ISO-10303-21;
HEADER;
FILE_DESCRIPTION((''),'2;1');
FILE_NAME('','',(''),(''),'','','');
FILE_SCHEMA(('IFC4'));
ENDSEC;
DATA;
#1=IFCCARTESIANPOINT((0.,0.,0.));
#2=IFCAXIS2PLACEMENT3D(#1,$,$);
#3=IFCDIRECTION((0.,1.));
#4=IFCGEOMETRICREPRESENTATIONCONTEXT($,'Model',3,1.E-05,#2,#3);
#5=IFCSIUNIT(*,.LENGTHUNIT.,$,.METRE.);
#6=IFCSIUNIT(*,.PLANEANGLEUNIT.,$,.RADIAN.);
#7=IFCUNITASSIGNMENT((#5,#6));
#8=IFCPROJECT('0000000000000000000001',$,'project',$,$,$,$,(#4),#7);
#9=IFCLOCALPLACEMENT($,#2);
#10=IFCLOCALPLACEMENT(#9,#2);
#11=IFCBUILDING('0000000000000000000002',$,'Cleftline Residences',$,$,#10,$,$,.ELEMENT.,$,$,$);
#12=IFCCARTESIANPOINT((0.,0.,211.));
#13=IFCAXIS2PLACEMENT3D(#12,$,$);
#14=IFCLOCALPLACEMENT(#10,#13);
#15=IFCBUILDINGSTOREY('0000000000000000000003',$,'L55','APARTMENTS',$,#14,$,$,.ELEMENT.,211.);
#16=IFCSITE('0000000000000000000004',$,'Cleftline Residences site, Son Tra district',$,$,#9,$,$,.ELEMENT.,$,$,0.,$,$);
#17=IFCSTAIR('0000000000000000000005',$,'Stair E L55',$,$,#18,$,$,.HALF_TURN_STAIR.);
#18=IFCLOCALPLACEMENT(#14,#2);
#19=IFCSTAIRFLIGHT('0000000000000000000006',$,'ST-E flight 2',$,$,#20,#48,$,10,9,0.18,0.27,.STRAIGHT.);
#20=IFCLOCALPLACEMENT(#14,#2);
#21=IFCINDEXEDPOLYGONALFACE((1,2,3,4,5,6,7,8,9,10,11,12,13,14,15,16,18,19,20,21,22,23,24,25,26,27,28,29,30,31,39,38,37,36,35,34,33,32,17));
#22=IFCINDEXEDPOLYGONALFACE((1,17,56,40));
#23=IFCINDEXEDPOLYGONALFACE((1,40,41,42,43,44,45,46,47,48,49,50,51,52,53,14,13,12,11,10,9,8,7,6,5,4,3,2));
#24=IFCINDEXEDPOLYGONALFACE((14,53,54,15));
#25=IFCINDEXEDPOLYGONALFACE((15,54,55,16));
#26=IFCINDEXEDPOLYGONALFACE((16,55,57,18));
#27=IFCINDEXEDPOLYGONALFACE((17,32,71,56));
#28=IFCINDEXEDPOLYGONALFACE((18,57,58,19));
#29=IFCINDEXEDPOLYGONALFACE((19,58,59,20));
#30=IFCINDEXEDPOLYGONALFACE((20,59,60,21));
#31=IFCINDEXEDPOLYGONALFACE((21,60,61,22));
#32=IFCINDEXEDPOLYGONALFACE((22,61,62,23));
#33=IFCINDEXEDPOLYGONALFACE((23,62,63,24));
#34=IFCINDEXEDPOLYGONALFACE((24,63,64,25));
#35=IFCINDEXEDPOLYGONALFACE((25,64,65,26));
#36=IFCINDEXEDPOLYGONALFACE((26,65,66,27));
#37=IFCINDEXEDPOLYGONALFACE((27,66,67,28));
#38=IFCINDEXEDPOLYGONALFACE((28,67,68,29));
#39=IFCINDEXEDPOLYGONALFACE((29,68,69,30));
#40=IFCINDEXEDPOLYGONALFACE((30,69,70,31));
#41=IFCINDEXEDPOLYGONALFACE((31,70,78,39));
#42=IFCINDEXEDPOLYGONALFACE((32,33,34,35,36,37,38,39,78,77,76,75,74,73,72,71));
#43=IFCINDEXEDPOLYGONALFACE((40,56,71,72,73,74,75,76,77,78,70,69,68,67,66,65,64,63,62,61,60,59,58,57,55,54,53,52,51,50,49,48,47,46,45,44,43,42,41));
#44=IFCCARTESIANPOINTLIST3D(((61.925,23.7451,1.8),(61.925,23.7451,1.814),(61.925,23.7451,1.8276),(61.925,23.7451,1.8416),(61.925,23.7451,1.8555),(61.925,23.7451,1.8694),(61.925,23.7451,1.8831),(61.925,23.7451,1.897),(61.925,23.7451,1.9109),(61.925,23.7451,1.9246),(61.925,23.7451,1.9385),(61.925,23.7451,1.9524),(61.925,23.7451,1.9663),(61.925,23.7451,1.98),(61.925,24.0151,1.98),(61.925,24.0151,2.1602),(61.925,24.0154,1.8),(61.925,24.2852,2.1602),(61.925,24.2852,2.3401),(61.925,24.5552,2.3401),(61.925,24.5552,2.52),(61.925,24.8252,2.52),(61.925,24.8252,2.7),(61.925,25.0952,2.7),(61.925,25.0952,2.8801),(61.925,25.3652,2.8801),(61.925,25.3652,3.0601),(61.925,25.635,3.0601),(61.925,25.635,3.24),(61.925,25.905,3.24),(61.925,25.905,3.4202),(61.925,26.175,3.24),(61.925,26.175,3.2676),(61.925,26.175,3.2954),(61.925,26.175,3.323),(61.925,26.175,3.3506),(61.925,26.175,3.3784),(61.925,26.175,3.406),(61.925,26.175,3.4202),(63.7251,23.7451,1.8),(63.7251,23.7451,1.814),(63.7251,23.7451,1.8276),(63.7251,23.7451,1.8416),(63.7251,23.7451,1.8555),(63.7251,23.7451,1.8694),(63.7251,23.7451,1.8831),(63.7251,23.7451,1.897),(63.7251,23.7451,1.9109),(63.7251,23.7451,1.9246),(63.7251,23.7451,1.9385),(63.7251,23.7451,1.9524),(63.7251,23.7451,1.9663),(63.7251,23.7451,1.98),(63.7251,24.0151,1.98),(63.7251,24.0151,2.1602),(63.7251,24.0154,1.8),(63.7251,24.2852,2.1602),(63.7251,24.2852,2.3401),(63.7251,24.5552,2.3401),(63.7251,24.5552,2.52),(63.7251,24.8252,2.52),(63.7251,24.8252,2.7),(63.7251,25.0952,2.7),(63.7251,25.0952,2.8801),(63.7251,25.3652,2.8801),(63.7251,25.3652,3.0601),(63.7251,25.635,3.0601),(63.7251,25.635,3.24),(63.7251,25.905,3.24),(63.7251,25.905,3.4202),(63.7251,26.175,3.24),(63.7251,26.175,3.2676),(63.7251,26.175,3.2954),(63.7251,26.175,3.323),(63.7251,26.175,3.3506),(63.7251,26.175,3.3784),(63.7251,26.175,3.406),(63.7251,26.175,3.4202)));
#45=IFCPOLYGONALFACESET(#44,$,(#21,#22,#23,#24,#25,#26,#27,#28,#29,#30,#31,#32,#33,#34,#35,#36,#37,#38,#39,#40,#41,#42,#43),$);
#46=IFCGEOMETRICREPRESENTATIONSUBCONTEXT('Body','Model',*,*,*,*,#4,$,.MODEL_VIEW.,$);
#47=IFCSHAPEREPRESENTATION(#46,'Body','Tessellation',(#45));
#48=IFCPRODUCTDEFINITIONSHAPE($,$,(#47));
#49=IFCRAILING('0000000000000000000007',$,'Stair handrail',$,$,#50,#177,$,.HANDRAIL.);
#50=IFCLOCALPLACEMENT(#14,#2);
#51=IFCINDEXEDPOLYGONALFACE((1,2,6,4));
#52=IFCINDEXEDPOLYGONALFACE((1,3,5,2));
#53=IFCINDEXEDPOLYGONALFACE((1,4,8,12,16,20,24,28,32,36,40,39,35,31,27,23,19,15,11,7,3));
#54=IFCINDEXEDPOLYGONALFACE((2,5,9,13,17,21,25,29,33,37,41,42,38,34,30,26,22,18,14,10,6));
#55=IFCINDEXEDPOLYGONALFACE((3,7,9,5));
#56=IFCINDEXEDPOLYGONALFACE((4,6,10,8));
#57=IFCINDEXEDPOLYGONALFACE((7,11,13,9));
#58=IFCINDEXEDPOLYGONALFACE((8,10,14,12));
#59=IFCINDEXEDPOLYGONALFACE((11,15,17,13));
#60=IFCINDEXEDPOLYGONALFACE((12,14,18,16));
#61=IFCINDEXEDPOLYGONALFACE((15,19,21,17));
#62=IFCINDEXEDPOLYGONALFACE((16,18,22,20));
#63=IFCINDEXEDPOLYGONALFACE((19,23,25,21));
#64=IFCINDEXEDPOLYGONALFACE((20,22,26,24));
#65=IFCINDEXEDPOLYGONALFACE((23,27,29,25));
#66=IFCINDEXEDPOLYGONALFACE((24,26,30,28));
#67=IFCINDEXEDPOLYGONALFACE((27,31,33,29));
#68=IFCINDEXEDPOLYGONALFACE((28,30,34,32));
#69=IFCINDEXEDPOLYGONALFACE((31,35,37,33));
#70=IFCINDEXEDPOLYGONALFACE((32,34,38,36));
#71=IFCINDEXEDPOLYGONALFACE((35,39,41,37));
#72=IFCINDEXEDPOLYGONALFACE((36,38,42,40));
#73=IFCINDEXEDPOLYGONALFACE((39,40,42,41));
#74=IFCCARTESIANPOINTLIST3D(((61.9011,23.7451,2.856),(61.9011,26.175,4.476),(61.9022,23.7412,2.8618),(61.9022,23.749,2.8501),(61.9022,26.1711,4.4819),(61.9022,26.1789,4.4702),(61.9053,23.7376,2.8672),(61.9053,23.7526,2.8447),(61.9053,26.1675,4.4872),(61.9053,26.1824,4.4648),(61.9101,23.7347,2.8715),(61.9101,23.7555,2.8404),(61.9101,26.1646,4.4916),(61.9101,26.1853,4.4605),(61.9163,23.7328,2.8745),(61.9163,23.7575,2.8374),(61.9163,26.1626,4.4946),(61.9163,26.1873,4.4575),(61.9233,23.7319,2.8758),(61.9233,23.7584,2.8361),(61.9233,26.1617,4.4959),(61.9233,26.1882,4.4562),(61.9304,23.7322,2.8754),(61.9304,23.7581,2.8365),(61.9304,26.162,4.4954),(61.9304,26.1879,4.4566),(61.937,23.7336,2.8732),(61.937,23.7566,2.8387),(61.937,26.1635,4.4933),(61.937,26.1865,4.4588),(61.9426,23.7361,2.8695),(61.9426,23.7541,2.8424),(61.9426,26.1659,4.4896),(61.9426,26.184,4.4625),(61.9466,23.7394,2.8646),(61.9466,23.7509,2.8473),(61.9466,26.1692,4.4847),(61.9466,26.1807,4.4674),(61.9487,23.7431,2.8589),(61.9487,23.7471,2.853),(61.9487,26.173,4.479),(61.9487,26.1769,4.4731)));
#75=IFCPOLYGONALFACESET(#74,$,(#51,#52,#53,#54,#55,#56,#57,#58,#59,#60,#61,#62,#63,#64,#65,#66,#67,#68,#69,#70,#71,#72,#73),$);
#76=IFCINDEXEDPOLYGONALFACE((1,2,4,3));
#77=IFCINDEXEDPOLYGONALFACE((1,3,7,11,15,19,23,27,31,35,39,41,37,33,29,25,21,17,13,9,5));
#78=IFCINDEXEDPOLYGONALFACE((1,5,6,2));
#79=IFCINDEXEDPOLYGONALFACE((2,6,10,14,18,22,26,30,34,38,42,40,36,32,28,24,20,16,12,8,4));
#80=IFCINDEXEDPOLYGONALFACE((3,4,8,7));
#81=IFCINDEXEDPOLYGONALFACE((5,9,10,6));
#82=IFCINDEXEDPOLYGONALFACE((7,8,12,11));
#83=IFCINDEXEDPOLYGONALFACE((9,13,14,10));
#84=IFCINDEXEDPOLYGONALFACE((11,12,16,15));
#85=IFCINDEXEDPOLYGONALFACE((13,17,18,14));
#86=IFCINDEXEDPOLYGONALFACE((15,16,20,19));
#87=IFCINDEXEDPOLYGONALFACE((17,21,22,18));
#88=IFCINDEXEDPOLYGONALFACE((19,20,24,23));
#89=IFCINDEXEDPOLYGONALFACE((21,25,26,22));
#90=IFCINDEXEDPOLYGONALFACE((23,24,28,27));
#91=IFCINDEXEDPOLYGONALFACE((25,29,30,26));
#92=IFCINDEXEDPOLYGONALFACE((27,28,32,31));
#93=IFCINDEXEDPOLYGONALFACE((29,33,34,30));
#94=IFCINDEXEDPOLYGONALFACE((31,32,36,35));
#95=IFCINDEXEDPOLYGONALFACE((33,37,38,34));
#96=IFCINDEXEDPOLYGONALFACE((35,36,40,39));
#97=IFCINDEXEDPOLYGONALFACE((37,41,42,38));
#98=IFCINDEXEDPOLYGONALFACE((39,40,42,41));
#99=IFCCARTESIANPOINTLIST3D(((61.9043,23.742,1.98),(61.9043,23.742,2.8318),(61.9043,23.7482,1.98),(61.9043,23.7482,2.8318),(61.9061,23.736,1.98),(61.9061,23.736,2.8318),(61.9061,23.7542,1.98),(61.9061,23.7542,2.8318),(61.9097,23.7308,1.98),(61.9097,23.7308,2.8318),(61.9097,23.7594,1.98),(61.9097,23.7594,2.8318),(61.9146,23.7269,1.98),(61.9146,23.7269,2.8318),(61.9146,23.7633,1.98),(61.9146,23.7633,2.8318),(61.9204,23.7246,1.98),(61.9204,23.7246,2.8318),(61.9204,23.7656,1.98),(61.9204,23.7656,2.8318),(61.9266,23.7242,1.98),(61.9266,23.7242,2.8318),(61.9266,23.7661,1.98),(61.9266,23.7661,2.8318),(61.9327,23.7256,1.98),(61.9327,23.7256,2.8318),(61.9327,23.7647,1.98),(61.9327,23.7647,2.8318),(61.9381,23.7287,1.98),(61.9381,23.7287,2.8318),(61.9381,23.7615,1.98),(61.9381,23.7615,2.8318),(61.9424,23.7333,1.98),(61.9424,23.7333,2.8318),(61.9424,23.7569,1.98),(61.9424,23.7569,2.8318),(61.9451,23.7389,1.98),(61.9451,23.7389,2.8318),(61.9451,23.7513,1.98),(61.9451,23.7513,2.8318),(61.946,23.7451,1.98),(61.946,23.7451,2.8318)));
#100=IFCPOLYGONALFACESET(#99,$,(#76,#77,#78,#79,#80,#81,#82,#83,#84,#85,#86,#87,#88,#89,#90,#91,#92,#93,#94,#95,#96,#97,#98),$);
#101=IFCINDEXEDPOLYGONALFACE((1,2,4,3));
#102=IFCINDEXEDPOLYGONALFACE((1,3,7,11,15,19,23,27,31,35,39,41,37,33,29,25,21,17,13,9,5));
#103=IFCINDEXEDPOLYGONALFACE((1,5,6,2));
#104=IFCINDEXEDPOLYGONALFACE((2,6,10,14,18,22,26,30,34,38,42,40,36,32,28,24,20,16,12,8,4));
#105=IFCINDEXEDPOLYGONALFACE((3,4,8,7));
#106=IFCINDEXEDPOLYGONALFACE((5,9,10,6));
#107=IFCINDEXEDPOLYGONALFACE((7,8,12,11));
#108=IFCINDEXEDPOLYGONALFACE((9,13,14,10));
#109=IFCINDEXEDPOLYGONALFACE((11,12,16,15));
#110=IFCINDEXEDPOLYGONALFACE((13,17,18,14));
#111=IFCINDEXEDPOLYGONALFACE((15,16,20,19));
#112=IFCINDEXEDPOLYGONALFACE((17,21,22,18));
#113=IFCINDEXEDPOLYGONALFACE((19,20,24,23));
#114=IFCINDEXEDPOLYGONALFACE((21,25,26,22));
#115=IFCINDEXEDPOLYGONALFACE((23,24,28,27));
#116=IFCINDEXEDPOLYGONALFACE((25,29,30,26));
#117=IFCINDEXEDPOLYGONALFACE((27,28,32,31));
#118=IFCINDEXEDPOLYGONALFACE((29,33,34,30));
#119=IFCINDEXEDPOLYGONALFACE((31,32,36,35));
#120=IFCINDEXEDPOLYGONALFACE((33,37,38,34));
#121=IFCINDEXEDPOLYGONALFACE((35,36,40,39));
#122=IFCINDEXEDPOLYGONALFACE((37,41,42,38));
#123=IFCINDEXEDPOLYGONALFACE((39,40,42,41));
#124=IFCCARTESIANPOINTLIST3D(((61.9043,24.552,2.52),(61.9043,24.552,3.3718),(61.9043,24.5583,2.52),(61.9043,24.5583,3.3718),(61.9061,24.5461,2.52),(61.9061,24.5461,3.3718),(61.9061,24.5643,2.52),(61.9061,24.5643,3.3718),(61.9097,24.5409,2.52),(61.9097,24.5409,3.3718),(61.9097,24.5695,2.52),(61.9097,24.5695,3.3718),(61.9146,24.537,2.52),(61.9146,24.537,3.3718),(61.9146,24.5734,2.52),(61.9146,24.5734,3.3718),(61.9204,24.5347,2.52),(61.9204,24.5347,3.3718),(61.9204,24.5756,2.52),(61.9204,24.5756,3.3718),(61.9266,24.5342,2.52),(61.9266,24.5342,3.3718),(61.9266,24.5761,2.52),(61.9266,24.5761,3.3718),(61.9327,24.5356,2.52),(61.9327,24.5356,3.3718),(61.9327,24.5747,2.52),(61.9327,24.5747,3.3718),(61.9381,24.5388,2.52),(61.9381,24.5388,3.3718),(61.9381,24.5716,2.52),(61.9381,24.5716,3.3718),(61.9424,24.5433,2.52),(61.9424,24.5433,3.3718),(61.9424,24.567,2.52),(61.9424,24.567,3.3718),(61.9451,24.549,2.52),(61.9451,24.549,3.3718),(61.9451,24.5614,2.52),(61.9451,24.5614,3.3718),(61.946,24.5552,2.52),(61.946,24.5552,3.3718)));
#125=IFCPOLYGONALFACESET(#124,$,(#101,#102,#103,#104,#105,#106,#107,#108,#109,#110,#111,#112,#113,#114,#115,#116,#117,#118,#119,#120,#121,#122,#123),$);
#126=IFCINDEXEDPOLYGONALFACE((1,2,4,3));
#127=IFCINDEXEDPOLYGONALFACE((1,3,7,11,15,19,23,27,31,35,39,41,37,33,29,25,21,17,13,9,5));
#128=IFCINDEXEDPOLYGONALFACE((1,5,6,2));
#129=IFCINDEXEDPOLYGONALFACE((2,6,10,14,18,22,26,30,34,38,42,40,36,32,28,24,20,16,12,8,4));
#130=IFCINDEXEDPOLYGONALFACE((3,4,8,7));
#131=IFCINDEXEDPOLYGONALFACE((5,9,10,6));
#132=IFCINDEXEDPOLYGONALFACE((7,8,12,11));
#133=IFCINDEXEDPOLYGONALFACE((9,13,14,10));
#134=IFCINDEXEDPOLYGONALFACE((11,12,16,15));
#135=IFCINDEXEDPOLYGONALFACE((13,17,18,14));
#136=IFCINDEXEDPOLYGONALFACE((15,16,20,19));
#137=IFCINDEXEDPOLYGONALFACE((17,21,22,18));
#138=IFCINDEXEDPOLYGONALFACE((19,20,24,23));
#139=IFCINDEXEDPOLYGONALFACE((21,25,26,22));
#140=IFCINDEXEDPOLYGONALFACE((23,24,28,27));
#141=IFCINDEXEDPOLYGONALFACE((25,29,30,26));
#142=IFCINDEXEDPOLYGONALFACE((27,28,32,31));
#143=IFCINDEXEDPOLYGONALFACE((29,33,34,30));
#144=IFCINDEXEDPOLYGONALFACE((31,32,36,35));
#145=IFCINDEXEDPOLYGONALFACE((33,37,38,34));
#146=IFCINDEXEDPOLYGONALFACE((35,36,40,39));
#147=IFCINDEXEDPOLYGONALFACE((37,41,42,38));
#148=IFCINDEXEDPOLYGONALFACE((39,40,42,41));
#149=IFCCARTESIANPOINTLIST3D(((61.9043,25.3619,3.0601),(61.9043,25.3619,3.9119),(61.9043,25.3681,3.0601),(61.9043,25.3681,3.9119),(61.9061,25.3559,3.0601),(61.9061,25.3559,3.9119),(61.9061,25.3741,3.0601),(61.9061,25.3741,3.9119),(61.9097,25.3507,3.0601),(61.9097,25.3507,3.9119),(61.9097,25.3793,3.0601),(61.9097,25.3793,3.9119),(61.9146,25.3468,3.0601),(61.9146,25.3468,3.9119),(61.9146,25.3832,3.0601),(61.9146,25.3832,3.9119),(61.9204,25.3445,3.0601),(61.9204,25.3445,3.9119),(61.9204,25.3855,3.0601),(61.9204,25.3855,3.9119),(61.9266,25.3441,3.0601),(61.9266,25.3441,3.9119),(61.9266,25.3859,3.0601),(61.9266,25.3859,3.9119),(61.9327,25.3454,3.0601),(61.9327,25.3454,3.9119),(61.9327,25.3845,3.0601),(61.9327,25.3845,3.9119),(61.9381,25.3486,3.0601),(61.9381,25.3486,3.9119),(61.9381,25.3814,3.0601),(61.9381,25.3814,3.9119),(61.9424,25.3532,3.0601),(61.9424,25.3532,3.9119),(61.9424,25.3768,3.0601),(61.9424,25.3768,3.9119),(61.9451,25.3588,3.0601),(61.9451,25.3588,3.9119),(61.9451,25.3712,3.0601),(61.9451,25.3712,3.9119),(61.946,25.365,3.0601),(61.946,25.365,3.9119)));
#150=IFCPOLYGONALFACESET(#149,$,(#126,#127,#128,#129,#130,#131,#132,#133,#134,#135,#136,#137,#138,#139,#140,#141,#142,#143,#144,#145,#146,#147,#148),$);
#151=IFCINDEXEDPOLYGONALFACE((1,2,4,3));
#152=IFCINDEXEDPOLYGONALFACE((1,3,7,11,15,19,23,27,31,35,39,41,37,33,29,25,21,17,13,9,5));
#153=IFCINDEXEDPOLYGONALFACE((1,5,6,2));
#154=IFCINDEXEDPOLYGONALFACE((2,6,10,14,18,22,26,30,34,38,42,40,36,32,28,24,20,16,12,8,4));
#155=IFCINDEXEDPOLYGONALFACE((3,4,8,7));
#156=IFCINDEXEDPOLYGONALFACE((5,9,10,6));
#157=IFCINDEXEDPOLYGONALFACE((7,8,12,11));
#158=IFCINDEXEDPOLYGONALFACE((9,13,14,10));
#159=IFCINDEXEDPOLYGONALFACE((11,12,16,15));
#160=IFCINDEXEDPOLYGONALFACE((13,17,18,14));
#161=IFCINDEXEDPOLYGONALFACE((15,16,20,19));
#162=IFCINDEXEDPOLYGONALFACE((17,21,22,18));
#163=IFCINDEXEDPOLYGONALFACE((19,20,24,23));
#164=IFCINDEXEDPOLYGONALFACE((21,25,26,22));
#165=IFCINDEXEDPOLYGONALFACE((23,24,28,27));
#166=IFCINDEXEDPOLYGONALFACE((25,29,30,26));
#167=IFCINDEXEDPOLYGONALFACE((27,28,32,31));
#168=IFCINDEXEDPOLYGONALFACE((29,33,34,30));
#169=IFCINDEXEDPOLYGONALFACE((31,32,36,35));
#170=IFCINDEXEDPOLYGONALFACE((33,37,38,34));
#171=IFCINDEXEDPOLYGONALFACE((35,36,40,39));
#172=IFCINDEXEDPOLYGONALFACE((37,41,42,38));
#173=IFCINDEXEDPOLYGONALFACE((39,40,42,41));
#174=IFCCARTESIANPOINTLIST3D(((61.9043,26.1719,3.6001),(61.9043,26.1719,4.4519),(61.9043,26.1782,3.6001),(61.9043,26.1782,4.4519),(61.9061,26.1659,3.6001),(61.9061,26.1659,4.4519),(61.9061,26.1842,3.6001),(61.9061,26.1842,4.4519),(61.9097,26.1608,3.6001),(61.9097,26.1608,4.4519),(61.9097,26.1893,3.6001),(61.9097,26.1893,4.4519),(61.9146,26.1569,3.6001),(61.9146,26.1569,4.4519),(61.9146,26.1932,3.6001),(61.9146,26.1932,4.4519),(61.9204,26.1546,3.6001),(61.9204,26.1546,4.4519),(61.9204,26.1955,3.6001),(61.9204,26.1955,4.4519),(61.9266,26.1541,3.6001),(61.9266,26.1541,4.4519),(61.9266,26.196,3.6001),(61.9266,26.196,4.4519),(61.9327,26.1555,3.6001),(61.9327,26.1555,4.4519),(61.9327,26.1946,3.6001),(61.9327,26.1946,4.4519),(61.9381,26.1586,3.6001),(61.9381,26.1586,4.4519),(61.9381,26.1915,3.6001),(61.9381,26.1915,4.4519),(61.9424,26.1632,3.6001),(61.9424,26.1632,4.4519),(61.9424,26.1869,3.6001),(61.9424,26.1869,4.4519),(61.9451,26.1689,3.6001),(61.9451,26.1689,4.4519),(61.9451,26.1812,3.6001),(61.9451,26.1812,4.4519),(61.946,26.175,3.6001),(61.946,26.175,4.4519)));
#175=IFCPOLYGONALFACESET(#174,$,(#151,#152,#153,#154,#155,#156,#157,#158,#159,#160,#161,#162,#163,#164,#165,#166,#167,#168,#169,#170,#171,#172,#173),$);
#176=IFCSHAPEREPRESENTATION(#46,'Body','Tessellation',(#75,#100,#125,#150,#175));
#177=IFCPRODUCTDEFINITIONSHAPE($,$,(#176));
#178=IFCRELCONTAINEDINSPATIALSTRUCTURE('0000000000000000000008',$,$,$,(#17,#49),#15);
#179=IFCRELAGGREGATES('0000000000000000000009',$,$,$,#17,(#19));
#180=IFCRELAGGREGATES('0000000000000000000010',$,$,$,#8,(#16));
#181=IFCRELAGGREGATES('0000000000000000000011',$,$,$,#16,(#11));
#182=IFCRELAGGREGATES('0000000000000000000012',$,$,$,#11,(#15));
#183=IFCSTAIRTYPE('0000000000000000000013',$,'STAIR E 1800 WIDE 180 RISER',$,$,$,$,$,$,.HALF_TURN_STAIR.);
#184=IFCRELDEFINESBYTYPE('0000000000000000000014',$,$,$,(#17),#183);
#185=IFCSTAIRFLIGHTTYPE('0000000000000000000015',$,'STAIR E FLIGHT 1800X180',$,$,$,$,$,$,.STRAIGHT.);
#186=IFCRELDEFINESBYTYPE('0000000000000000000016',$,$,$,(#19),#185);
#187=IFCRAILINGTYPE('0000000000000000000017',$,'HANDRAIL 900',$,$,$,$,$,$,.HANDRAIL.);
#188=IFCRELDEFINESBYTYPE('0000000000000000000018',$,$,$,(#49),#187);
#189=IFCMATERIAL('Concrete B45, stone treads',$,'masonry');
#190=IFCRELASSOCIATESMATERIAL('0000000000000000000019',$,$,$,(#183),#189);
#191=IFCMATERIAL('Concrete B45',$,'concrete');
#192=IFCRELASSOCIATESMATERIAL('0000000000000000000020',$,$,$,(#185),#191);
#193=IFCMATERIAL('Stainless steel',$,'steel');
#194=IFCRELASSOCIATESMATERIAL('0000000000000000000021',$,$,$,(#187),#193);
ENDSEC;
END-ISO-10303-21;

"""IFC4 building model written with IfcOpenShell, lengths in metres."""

from ifc_helpers import new_model, si_unit, direction, frame, origin, origin_2d, place, context, subcontext, project, spatial, polyline, circle, outline, extrude, material, type_object, element, aggregate, save


model = new_model("IFC4")

# Units and contexts
model_context = context("Model", 3, precision=1e-05, world=origin(), true_north=direction((0.0, 1.0)))
body_context = subcontext(model_context, "Body", "Model", "MODEL_VIEW")
ifc_project = project(units=[si_unit("LENGTHUNIT", "METRE"), si_unit("PLANEANGLEUNIT", "RADIAN")], contexts=[model_context])

# Site, building, storey
site_placement = place(None, origin())
site = spatial("IfcSite", under=ifc_project, at=site_placement, Name="Cleftline Residences site, Son Tra district", CompositionType="ELEMENT", RefElevation=0.0)
building_placement = place(site_placement, origin())
building = spatial("IfcBuilding", under=site, at=building_placement, Name="Cleftline Residences", CompositionType="ELEMENT")
storey_placement = place(building_placement, frame((0.0, 0.0, 211.0)))
storey = spatial("IfcBuildingStorey", under=building, at=storey_placement, Name="L55", Description="APARTMENTS", CompositionType="ELEMENT", Elevation=211.0)

# Stair, stair flight
ifc_material_1 = material(Name="Concrete B45, stone treads", Category="masonry")
stair_type = type_object("IfcStairType", Name="STAIR E 1800 WIDE 180 RISER", PredefinedType="HALF_TURN_STAIR", material=ifc_material_1)
stair_placement = place(storey_placement, origin())
stair = element("IfcStair", 1, at=stair_placement, inside=storey, type_object=stair_type, Name="Stair E L55", PredefinedType="HALF_TURN_STAIR")
ifc_material_2 = material(Name="Concrete B45", Category="concrete")
stair_flight_type = type_object("IfcStairFlightType", Name="STAIR E FLIGHT 1800X180", PredefinedType="STRAIGHT", material=ifc_material_2)
stair_flight_placement = place(storey_placement, frame((62.825, 23.7451, 1.8), z_axis=(0.0, 0.0, 1.0), x_axis=(0.0, 1.0, 0.0)))
stair_flight = element("IfcStairFlight", 2, at=stair_flight_placement, type_object=stair_flight_type, Name="ST-E flight 2", NumberOfRisers=10, NumberOfTreads=9, PredefinedType="STRAIGHT", RiserHeight=0.18, TreadLength=0.27, context=body_context, shape_type="SweptSolid", body=[
    extrude(outline(polyline([(0.0, 0.0), (0.0, 0.0139), (0.0, 0.0276), (0.0, 0.0415), (0.0, 0.0554), (0.0, 0.0693), (0.0, 0.083), (0.0, 0.0969), (0.0, 0.1108), (0.0, 0.1245), (0.0, 0.1384), (0.0, 0.1523), (0.0, 0.1663), (0.0, 0.1799), (0.27, 0.1799), (0.27, 0.3601), (0.54, 0.3601), (0.54, 0.54), (0.8101, 0.54), (0.8101, 0.72), (1.0801, 0.72), (1.0801, 0.8999), (1.3501, 0.8999), (1.3501, 1.0801), (1.6201, 1.0801), (1.6201, 1.26), (1.8899, 1.26), (1.8899, 1.4399), (2.1599, 1.4399), (2.1599, 1.6201), (2.4299, 1.6201), (2.4299, 1.8), (2.4299, 1.7722), (2.4299, 1.7446), (2.4299, 1.7168), (2.4299, 1.6892), (2.4299, 1.6614), (2.4299, 1.6338), (2.4299, 1.606), (2.4299, 1.5784), (2.4299, 1.5505), (2.4299, 1.5229), (2.4299, 1.4954), (2.4299, 1.4675), (2.4299, 1.4399), (0.2703, 0.0), (0.0, 0.0)])), frame((0.0, 0.8999, 0.0), z_axis=(0.0, -1.0, 0.0), x_axis=(1.0, 0.0, 0.0)), (0.0, 0.0, 1.0), 1.8),
])
aggregate(stair, [stair_flight])

# Railing
ifc_material_3 = material(Name="Stainless steel", Category="steel")
railing_type = type_object("IfcRailingType", Name="HANDRAIL 900", PredefinedType="HANDRAIL", material=ifc_material_3)
railing_placement = place(storey_placement, frame((61.925, 23.7451, 1.98)))
element("IfcRailing", 3, at=railing_placement, inside=storey, type_object=railing_type, Name="Stair handrail", PredefinedType="HANDRAIL", context=body_context, shape_type="SweptSolid", body=[
    extrude(circle(Radius=0.0239, at=origin_2d()), frame((0.0, 0.0, 0.876), z_axis=(0.0, 0.832025, 0.554739), x_axis=(-1.0, 0.0, 0.0)), (0.0, 0.0, 1.0), 2.9204),
    extrude(circle(Radius=0.021, at=origin_2d()), origin(), (0.0, 0.0, 1.0), 0.8518),
    extrude(circle(Radius=0.021, at=origin_2d()), frame((0.0, 0.8101, 0.54)), (0.0, 0.0, 1.0), 0.8518),
    extrude(circle(Radius=0.021, at=origin_2d()), frame((0.0, 1.6199, 1.0801)), (0.0, 0.0, 1.0), 0.8518),
    extrude(circle(Radius=0.021, at=origin_2d()), frame((0.0, 2.4299, 1.6201)), (0.0, 0.0, 1.0), 0.8518),
])

save(model, "model.ifc")
